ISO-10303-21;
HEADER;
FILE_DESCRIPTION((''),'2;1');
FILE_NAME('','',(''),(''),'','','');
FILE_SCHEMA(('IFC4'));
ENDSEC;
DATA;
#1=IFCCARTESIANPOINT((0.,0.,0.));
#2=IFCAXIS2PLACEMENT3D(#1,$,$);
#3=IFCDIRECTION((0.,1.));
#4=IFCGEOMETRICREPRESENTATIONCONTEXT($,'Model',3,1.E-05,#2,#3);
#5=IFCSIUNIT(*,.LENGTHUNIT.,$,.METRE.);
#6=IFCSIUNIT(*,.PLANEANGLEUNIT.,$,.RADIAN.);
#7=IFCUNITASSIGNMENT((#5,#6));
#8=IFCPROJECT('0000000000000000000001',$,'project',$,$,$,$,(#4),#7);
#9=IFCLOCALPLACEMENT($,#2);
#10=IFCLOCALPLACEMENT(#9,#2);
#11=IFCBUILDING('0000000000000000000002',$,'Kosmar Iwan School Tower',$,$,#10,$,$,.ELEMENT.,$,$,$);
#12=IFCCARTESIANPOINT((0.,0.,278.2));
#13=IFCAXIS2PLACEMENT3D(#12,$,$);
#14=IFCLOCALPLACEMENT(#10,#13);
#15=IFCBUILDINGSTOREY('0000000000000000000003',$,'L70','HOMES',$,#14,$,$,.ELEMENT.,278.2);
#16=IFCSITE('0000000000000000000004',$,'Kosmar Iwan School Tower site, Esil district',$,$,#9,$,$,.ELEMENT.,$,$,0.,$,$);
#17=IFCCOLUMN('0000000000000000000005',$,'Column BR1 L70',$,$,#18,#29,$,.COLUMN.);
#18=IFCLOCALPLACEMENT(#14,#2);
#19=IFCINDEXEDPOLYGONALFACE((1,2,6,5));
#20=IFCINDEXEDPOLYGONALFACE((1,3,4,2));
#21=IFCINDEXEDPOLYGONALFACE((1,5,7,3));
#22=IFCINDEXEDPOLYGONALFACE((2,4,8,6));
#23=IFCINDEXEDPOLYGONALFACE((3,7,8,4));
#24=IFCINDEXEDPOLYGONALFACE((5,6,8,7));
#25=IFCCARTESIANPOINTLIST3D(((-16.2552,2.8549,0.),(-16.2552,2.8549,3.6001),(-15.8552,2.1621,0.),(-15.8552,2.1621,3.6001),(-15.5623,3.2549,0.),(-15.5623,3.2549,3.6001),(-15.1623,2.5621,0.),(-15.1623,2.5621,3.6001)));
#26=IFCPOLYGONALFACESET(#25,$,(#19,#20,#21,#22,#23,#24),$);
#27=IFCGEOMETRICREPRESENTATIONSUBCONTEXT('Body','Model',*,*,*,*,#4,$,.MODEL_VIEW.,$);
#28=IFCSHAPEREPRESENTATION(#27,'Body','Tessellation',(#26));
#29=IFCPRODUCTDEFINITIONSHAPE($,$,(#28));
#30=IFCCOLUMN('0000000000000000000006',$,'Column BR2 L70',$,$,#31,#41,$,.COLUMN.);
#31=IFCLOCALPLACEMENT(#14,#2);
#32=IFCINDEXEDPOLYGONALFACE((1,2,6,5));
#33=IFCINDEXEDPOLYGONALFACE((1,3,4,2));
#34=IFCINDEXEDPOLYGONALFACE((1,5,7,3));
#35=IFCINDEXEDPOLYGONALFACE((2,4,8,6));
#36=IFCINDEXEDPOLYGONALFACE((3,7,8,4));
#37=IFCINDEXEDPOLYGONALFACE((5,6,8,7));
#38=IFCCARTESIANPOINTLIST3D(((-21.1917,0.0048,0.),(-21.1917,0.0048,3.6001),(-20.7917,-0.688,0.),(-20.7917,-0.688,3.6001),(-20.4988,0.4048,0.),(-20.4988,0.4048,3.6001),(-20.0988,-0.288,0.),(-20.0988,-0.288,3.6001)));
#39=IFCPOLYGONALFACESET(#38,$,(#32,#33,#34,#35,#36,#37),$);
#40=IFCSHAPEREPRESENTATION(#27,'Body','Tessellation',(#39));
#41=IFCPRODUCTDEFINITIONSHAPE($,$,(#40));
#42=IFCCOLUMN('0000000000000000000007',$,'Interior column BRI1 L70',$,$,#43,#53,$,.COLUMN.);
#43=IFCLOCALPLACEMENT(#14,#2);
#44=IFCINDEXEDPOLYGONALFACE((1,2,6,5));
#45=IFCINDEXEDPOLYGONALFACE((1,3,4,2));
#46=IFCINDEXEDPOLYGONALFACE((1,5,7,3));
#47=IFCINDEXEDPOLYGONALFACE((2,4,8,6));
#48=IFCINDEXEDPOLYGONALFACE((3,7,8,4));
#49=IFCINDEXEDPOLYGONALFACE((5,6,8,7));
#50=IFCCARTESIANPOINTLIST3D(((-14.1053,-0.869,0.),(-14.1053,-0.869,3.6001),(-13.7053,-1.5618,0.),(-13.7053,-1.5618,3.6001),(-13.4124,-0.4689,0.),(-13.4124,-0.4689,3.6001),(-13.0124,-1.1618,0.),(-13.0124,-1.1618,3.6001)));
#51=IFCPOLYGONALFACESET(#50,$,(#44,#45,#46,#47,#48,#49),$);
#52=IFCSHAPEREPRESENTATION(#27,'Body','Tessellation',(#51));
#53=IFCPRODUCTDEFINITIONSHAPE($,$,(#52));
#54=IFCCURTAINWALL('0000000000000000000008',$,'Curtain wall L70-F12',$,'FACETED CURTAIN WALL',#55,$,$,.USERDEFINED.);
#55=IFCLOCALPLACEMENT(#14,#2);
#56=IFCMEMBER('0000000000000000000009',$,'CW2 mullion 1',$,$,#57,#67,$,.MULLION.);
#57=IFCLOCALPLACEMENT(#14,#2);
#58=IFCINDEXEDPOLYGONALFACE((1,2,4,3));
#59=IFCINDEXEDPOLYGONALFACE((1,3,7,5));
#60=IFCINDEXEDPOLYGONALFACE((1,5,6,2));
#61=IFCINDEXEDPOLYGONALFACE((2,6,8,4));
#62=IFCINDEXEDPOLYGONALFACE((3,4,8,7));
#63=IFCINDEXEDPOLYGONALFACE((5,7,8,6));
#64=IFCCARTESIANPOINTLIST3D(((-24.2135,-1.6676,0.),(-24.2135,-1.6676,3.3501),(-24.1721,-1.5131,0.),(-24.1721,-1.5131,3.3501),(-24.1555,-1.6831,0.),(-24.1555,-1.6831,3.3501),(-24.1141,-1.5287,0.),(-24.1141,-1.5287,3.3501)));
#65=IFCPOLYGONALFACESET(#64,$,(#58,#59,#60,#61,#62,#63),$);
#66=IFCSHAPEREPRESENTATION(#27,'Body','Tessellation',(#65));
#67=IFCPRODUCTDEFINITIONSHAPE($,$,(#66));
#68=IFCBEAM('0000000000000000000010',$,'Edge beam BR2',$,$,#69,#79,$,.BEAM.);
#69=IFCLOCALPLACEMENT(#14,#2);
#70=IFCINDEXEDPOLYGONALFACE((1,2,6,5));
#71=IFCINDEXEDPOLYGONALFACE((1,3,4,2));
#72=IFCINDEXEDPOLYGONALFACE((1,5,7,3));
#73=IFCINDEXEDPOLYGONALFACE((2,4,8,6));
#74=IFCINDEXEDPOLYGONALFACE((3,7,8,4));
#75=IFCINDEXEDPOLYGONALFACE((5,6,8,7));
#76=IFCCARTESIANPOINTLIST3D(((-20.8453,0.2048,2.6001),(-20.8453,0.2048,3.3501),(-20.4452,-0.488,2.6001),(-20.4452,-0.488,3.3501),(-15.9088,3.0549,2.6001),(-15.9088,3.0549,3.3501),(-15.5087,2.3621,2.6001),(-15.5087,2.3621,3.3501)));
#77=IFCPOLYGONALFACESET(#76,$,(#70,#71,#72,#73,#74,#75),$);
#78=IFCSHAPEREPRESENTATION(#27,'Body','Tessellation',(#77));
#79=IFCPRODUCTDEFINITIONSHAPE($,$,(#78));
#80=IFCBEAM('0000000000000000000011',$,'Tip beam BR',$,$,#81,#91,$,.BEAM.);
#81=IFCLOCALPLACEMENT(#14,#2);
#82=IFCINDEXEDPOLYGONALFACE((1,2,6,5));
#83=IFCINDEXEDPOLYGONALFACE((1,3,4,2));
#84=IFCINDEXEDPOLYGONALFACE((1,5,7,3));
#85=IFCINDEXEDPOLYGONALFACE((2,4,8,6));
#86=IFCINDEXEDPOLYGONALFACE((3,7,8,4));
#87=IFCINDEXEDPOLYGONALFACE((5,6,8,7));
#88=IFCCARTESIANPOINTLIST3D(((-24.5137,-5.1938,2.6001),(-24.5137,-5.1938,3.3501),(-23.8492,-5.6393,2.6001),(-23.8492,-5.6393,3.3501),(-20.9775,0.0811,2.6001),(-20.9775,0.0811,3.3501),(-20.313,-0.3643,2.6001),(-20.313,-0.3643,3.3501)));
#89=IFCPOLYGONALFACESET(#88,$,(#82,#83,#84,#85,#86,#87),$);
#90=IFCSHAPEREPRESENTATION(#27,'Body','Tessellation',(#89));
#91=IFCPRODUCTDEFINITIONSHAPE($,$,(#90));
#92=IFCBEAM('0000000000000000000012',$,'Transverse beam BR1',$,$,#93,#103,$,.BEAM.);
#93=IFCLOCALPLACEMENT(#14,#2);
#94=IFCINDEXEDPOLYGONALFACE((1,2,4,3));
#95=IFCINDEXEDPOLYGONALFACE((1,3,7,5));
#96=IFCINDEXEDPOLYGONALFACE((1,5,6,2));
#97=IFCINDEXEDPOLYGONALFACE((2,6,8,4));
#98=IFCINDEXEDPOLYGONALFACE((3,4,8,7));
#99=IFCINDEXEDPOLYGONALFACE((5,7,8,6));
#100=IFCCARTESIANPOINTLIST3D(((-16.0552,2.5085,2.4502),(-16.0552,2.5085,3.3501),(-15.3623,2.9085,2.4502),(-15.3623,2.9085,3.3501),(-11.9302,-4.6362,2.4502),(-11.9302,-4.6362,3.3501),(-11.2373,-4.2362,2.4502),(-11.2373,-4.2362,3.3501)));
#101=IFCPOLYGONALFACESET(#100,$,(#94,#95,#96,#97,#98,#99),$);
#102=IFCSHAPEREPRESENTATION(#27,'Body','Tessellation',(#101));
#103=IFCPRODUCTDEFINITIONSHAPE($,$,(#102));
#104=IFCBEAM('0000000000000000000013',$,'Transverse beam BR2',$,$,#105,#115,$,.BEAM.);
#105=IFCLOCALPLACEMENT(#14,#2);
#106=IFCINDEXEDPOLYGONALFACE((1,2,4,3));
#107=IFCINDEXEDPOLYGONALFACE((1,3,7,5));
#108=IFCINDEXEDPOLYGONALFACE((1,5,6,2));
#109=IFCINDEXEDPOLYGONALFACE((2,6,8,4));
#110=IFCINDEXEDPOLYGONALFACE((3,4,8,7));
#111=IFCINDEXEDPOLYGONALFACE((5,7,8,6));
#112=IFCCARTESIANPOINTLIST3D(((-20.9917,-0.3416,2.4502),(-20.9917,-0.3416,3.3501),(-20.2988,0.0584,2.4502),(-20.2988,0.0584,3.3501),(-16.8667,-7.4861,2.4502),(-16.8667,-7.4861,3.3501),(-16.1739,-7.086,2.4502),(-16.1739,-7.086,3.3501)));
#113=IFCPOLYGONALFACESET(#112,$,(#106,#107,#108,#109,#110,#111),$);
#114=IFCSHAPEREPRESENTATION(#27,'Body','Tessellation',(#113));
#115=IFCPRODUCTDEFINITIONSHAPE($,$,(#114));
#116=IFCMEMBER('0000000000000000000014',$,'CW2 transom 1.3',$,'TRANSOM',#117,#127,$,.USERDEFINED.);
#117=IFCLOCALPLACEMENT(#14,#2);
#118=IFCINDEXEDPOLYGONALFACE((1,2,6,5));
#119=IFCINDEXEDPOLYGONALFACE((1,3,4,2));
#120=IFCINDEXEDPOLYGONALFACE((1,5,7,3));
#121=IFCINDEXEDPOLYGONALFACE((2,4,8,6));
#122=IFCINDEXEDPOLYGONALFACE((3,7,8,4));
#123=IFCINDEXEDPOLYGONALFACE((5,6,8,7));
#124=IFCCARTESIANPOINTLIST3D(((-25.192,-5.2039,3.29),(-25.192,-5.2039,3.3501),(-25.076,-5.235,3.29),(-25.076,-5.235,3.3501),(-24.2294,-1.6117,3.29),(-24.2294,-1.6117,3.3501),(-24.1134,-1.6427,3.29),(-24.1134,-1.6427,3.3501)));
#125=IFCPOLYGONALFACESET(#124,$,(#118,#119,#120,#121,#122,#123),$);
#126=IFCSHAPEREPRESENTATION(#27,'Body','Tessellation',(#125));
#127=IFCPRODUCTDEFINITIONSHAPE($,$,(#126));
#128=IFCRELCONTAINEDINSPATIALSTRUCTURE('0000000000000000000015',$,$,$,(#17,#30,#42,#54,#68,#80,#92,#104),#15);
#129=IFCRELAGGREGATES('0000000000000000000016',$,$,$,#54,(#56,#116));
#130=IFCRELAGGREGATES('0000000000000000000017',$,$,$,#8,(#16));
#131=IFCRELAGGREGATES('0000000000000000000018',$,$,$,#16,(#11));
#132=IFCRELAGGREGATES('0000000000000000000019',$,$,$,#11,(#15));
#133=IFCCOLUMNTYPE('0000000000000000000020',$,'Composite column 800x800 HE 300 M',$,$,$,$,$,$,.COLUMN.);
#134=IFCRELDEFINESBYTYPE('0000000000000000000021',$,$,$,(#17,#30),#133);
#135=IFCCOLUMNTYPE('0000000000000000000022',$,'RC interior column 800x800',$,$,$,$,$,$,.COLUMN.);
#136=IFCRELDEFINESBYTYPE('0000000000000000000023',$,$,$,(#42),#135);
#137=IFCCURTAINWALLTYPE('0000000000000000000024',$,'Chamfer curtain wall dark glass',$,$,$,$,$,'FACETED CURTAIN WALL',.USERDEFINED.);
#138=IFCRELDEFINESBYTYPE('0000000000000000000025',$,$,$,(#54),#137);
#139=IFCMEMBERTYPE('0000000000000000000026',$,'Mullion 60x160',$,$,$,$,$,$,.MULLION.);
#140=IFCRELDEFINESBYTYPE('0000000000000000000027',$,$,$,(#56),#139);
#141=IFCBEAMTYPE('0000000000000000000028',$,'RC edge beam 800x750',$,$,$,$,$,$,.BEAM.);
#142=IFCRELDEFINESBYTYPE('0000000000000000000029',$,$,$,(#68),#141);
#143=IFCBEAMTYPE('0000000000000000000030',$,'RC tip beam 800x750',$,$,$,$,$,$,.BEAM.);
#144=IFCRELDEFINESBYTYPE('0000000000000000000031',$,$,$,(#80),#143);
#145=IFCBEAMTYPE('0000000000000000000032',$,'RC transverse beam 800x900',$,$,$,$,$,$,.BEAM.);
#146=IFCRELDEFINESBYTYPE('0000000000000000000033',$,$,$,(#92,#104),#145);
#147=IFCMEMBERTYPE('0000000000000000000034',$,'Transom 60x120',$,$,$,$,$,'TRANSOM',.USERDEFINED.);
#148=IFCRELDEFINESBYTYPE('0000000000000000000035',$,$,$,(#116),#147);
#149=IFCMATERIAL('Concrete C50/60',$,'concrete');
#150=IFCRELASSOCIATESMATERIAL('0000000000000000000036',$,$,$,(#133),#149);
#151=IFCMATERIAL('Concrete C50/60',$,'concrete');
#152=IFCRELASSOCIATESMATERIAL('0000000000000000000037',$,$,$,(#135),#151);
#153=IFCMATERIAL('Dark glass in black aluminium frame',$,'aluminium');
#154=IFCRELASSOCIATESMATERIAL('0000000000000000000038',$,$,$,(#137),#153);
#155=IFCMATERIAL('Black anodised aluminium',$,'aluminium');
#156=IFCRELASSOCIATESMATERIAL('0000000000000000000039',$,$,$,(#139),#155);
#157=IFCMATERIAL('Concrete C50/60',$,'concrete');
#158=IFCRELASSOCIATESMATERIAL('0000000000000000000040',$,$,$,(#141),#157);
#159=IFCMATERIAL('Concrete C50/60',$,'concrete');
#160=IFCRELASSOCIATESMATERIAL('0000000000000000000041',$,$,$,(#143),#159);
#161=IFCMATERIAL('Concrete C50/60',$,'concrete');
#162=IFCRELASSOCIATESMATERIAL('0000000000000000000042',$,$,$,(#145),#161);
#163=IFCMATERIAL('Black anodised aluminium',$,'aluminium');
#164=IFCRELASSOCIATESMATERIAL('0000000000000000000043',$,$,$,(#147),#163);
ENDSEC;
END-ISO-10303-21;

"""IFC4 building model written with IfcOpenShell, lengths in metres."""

from ifc_helpers import new_model, si_unit, direction, frame, origin, origin_2d, place, context, subcontext, project, spatial, rectangle, extrude, material, material_profile, profile_set, type_object, element, aggregate, save


model = new_model("IFC4")

# Units and contexts
model_context = context("Model", 3, precision=1e-05, world=origin(), true_north=direction((0.0, 1.0)))
body_context = subcontext(model_context, "Body", "Model", "MODEL_VIEW")
ifc_project = project(units=[si_unit("LENGTHUNIT", "METRE"), si_unit("PLANEANGLEUNIT", "RADIAN")], contexts=[model_context])

# Site, building, storey
site_placement = place(None, origin())
site = spatial("IfcSite", under=ifc_project, at=site_placement, Name="Kosmar Iwan School Tower site, Esil district", CompositionType="ELEMENT", RefElevation=0.0)
building_placement = place(site_placement, origin())
building = spatial("IfcBuilding", under=site, at=building_placement, Name="Kosmar Iwan School Tower", CompositionType="ELEMENT")
storey_placement = place(building_placement, frame((0.0, 0.0, 278.2)))
storey = spatial("IfcBuildingStorey", under=building, at=storey_placement, Name="L70", Description="HOMES", CompositionType="ELEMENT", Elevation=278.2)

# Columns
ifc_material_1 = material(Name="Concrete C50/60", Category="concrete")
ifc_material_profile_1 = material_profile(ifc_material_1, rectangle(XDim=0.8, YDim=0.8, at=origin_2d()), Name="RC 800x800 + HE 300 M")
ifc_profile_set_1 = profile_set([ifc_material_profile_1], Name="Concrete C50/60")
column_type_1 = type_object("IfcColumnType", Name="Composite column 800x800 HE 300 M", PredefinedType="COLUMN", material=ifc_profile_set_1)
for number, where, z_axis, x_axis, name in (
    (1, (-15.7087, 2.7085, 0.0), (0.0, 0.0, 1.0), (-0.866025, -0.5, 0.0), "Column BR1 L70"),
    (2, (-20.6453, -0.1416, 0.0), (0.0, 0.0, 1.0), (-0.866025, -0.5, 0.0), "Column BR2 L70"),
):
    element("IfcColumn", number, at=place(storey_placement, frame(where, z_axis=z_axis, x_axis=x_axis)), inside=storey, type_object=column_type_1, Name=name, PredefinedType="COLUMN", context=body_context, shape_type="SweptSolid", body=[
        extrude(rectangle(XDim=0.8, YDim=0.8, at=origin_2d()), origin(), (0.0, 0.0, 1.0), 3.6001),
    ])
ifc_material_2 = material(Name="Concrete C50/60", Category="concrete")
ifc_material_profile_2 = material_profile(ifc_material_2, rectangle(XDim=0.8, YDim=0.8, at=origin_2d()), Name="RC 800x800")
ifc_profile_set_2 = profile_set([ifc_material_profile_2], Name="Concrete C50/60")
column_type_2 = type_object("IfcColumnType", Name="RC interior column 800x800", PredefinedType="COLUMN", material=ifc_profile_set_2)
column_placement = place(storey_placement, frame((-13.5588, -1.0154, 0.0), z_axis=(0.0, 0.0, 1.0), x_axis=(-0.866025, -0.5, 0.0)))
element("IfcColumn", 3, at=column_placement, inside=storey, type_object=column_type_2, Name="Interior column BRI1 L70", PredefinedType="COLUMN", context=body_context, shape_type="SweptSolid", body=[
    extrude(rectangle(XDim=0.8, YDim=0.8, at=origin_2d()), origin(), (0.0, 0.0, 1.0), 3.6001),
])

# Curtain wall, member
ifc_material_3 = material(Name="Dark glass in black aluminium frame", Category="aluminium")
curtain_wall_type = type_object("IfcCurtainWallType", Name="Chamfer curtain wall dark glass", ElementType="FACETED CURTAIN WALL", PredefinedType="USERDEFINED", material=ifc_material_3)
curtain_wall_placement = place(storey_placement, origin())
curtain_wall = element("IfcCurtainWall", 4, at=curtain_wall_placement, inside=storey, type_object=curtain_wall_type, Name="Curtain wall L70-F12", ObjectType="FACETED CURTAIN WALL", PredefinedType="USERDEFINED")
ifc_material_4 = material(Name="Black anodised aluminium", Category="aluminium")
ifc_material_profile_3 = material_profile(ifc_material_4, rectangle(XDim=0.0601, YDim=0.1599, at=origin_2d()), Name="MULLION 60x160")
ifc_profile_set_3 = profile_set([ifc_material_profile_3], Name="Black anodised aluminium")
member_type_1 = type_object("IfcMemberType", Name="Mullion 60x160", PredefinedType="MULLION", material=ifc_profile_set_3)
member_1_placement = place(storey_placement, frame((-24.1638, -1.5981, 0.0), z_axis=(0.0, 0.0, 1.0), x_axis=(0.965926, -0.258819, 0.0)))
member_1 = element("IfcMember", 5, at=member_1_placement, type_object=member_type_1, Name="CW2 mullion 1", PredefinedType="MULLION", context=body_context, shape_type="SweptSolid", body=[
    extrude(rectangle(XDim=0.0601, YDim=0.1599, at=origin_2d()), origin(), (0.0, 0.0, 1.0), 3.3501),
])

# Beams
ifc_material_5 = material(Name="Concrete C50/60", Category="concrete")
ifc_material_profile_4 = material_profile(ifc_material_5, rectangle(XDim=0.8, YDim=0.75, at=origin_2d()), Name="RC 800x750")
ifc_profile_set_4 = profile_set([ifc_material_profile_4], Name="Concrete C50/60")
beam_type_1 = type_object("IfcBeamType", Name="RC edge beam 800x750", PredefinedType="BEAM", material=ifc_profile_set_4)
beam_1_placement = place(storey_placement, frame((-15.7087, 2.7085, 2.9751), z_axis=(-0.866026, -0.499999, 0.0), x_axis=(0.499999, -0.866026, 0.0)))
element("IfcBeam", 6, at=beam_1_placement, inside=storey, type_object=beam_type_1, Name="Edge beam BR2", PredefinedType="BEAM", context=body_context, shape_type="SweptSolid", body=[
    extrude(rectangle(XDim=0.8, YDim=0.75, at=origin_2d()), origin(), (0.0, 0.0, 1.0), 5.7002),
])
ifc_material_6 = material(Name="Concrete C50/60", Category="concrete")
ifc_material_profile_5 = material_profile(ifc_material_6, rectangle(XDim=0.8, YDim=0.75, at=origin_2d()), Name="RC 800x750")
ifc_profile_set_5 = profile_set([ifc_material_profile_5], Name="Concrete C50/60")
beam_type_2 = type_object("IfcBeamType", Name="RC tip beam 800x750", PredefinedType="BEAM", material=ifc_profile_set_5)
beam_2_placement = place(storey_placement, frame((-20.6453, -0.1416, 2.9751), z_axis=(-0.556828, -0.830628, 0.0), x_axis=(0.830628, -0.556828, 0.0)))
element("IfcBeam", 7, at=beam_2_placement, inside=storey, type_object=beam_type_2, Name="Tip beam BR", PredefinedType="BEAM", context=body_context, shape_type="SweptSolid", body=[
    extrude(rectangle(XDim=0.8, YDim=0.75, at=origin_2d()), origin(), (0.0, 0.0, 1.0), 6.3506),
])
ifc_material_7 = material(Name="Concrete C50/60", Category="concrete")
ifc_material_profile_6 = material_profile(ifc_material_7, rectangle(XDim=0.8, YDim=0.8999, at=origin_2d()), Name="RC 800x900")
ifc_profile_set_6 = profile_set([ifc_material_profile_6], Name="Concrete C50/60")
beam_type_3 = type_object("IfcBeamType", Name="RC transverse beam 800x900", PredefinedType="BEAM", material=ifc_profile_set_6)
beam_3_placement = place(storey_placement, frame((-15.7087, 2.7085, 2.9001), z_axis=(0.499997, -0.866027, 0.0), x_axis=(0.866027, 0.499997, 0.0)))
element("IfcBeam", 8, at=beam_3_placement, inside=storey, type_object=beam_type_3, Name="Transverse beam BR1", PredefinedType="BEAM", context=body_context, shape_type="SweptSolid", body=[
    extrude(rectangle(XDim=0.8, YDim=0.8999, at=origin_2d()), origin(), (0.0, 0.0, 1.0), 8.25),
])
beam_4_placement = place(storey_placement, frame((-20.6453, -0.1416, 2.9001), z_axis=(0.500009, -0.86602, 0.0), x_axis=(0.86602, 0.500009, 0.0)))
element("IfcBeam", 9, at=beam_4_placement, inside=storey, type_object=beam_type_3, Name="Transverse beam BR2", PredefinedType="BEAM", context=body_context, shape_type="SweptSolid", body=[
    extrude(rectangle(XDim=0.8, YDim=0.8999, at=origin_2d()), origin(), (0.0, 0.0, 1.0), 8.2498),
])

# Member
ifc_material_8 = material(Name="Black anodised aluminium", Category="aluminium")
ifc_material_profile_7 = material_profile(ifc_material_8, rectangle(XDim=0.1201, YDim=0.0601, at=origin_2d()), Name="TRANSOM 60x120")
ifc_profile_set_7 = profile_set([ifc_material_profile_7], Name="Black anodised aluminium")
member_type_2 = type_object("IfcMemberType", Name="Transom 60x120", ElementType="TRANSOM", PredefinedType="USERDEFINED", material=ifc_profile_set_7)
member_2_placement = place(storey_placement, frame((-24.1714, -1.6272, 3.3201), z_axis=(-0.258843, -0.965919, 0.0), x_axis=(0.965919, -0.258843, 0.0)))
member_2 = element("IfcMember", 10, at=member_2_placement, type_object=member_type_2, Name="CW2 transom 1.3", ObjectType="TRANSOM", PredefinedType="USERDEFINED", context=body_context, shape_type="SweptSolid", body=[
    extrude(rectangle(XDim=0.1201, YDim=0.0601, at=origin_2d()), origin(), (0.0, 0.0, 1.0), 3.719),
])
aggregate(curtain_wall, [member_1, member_2])

save(model, "model.ifc")
